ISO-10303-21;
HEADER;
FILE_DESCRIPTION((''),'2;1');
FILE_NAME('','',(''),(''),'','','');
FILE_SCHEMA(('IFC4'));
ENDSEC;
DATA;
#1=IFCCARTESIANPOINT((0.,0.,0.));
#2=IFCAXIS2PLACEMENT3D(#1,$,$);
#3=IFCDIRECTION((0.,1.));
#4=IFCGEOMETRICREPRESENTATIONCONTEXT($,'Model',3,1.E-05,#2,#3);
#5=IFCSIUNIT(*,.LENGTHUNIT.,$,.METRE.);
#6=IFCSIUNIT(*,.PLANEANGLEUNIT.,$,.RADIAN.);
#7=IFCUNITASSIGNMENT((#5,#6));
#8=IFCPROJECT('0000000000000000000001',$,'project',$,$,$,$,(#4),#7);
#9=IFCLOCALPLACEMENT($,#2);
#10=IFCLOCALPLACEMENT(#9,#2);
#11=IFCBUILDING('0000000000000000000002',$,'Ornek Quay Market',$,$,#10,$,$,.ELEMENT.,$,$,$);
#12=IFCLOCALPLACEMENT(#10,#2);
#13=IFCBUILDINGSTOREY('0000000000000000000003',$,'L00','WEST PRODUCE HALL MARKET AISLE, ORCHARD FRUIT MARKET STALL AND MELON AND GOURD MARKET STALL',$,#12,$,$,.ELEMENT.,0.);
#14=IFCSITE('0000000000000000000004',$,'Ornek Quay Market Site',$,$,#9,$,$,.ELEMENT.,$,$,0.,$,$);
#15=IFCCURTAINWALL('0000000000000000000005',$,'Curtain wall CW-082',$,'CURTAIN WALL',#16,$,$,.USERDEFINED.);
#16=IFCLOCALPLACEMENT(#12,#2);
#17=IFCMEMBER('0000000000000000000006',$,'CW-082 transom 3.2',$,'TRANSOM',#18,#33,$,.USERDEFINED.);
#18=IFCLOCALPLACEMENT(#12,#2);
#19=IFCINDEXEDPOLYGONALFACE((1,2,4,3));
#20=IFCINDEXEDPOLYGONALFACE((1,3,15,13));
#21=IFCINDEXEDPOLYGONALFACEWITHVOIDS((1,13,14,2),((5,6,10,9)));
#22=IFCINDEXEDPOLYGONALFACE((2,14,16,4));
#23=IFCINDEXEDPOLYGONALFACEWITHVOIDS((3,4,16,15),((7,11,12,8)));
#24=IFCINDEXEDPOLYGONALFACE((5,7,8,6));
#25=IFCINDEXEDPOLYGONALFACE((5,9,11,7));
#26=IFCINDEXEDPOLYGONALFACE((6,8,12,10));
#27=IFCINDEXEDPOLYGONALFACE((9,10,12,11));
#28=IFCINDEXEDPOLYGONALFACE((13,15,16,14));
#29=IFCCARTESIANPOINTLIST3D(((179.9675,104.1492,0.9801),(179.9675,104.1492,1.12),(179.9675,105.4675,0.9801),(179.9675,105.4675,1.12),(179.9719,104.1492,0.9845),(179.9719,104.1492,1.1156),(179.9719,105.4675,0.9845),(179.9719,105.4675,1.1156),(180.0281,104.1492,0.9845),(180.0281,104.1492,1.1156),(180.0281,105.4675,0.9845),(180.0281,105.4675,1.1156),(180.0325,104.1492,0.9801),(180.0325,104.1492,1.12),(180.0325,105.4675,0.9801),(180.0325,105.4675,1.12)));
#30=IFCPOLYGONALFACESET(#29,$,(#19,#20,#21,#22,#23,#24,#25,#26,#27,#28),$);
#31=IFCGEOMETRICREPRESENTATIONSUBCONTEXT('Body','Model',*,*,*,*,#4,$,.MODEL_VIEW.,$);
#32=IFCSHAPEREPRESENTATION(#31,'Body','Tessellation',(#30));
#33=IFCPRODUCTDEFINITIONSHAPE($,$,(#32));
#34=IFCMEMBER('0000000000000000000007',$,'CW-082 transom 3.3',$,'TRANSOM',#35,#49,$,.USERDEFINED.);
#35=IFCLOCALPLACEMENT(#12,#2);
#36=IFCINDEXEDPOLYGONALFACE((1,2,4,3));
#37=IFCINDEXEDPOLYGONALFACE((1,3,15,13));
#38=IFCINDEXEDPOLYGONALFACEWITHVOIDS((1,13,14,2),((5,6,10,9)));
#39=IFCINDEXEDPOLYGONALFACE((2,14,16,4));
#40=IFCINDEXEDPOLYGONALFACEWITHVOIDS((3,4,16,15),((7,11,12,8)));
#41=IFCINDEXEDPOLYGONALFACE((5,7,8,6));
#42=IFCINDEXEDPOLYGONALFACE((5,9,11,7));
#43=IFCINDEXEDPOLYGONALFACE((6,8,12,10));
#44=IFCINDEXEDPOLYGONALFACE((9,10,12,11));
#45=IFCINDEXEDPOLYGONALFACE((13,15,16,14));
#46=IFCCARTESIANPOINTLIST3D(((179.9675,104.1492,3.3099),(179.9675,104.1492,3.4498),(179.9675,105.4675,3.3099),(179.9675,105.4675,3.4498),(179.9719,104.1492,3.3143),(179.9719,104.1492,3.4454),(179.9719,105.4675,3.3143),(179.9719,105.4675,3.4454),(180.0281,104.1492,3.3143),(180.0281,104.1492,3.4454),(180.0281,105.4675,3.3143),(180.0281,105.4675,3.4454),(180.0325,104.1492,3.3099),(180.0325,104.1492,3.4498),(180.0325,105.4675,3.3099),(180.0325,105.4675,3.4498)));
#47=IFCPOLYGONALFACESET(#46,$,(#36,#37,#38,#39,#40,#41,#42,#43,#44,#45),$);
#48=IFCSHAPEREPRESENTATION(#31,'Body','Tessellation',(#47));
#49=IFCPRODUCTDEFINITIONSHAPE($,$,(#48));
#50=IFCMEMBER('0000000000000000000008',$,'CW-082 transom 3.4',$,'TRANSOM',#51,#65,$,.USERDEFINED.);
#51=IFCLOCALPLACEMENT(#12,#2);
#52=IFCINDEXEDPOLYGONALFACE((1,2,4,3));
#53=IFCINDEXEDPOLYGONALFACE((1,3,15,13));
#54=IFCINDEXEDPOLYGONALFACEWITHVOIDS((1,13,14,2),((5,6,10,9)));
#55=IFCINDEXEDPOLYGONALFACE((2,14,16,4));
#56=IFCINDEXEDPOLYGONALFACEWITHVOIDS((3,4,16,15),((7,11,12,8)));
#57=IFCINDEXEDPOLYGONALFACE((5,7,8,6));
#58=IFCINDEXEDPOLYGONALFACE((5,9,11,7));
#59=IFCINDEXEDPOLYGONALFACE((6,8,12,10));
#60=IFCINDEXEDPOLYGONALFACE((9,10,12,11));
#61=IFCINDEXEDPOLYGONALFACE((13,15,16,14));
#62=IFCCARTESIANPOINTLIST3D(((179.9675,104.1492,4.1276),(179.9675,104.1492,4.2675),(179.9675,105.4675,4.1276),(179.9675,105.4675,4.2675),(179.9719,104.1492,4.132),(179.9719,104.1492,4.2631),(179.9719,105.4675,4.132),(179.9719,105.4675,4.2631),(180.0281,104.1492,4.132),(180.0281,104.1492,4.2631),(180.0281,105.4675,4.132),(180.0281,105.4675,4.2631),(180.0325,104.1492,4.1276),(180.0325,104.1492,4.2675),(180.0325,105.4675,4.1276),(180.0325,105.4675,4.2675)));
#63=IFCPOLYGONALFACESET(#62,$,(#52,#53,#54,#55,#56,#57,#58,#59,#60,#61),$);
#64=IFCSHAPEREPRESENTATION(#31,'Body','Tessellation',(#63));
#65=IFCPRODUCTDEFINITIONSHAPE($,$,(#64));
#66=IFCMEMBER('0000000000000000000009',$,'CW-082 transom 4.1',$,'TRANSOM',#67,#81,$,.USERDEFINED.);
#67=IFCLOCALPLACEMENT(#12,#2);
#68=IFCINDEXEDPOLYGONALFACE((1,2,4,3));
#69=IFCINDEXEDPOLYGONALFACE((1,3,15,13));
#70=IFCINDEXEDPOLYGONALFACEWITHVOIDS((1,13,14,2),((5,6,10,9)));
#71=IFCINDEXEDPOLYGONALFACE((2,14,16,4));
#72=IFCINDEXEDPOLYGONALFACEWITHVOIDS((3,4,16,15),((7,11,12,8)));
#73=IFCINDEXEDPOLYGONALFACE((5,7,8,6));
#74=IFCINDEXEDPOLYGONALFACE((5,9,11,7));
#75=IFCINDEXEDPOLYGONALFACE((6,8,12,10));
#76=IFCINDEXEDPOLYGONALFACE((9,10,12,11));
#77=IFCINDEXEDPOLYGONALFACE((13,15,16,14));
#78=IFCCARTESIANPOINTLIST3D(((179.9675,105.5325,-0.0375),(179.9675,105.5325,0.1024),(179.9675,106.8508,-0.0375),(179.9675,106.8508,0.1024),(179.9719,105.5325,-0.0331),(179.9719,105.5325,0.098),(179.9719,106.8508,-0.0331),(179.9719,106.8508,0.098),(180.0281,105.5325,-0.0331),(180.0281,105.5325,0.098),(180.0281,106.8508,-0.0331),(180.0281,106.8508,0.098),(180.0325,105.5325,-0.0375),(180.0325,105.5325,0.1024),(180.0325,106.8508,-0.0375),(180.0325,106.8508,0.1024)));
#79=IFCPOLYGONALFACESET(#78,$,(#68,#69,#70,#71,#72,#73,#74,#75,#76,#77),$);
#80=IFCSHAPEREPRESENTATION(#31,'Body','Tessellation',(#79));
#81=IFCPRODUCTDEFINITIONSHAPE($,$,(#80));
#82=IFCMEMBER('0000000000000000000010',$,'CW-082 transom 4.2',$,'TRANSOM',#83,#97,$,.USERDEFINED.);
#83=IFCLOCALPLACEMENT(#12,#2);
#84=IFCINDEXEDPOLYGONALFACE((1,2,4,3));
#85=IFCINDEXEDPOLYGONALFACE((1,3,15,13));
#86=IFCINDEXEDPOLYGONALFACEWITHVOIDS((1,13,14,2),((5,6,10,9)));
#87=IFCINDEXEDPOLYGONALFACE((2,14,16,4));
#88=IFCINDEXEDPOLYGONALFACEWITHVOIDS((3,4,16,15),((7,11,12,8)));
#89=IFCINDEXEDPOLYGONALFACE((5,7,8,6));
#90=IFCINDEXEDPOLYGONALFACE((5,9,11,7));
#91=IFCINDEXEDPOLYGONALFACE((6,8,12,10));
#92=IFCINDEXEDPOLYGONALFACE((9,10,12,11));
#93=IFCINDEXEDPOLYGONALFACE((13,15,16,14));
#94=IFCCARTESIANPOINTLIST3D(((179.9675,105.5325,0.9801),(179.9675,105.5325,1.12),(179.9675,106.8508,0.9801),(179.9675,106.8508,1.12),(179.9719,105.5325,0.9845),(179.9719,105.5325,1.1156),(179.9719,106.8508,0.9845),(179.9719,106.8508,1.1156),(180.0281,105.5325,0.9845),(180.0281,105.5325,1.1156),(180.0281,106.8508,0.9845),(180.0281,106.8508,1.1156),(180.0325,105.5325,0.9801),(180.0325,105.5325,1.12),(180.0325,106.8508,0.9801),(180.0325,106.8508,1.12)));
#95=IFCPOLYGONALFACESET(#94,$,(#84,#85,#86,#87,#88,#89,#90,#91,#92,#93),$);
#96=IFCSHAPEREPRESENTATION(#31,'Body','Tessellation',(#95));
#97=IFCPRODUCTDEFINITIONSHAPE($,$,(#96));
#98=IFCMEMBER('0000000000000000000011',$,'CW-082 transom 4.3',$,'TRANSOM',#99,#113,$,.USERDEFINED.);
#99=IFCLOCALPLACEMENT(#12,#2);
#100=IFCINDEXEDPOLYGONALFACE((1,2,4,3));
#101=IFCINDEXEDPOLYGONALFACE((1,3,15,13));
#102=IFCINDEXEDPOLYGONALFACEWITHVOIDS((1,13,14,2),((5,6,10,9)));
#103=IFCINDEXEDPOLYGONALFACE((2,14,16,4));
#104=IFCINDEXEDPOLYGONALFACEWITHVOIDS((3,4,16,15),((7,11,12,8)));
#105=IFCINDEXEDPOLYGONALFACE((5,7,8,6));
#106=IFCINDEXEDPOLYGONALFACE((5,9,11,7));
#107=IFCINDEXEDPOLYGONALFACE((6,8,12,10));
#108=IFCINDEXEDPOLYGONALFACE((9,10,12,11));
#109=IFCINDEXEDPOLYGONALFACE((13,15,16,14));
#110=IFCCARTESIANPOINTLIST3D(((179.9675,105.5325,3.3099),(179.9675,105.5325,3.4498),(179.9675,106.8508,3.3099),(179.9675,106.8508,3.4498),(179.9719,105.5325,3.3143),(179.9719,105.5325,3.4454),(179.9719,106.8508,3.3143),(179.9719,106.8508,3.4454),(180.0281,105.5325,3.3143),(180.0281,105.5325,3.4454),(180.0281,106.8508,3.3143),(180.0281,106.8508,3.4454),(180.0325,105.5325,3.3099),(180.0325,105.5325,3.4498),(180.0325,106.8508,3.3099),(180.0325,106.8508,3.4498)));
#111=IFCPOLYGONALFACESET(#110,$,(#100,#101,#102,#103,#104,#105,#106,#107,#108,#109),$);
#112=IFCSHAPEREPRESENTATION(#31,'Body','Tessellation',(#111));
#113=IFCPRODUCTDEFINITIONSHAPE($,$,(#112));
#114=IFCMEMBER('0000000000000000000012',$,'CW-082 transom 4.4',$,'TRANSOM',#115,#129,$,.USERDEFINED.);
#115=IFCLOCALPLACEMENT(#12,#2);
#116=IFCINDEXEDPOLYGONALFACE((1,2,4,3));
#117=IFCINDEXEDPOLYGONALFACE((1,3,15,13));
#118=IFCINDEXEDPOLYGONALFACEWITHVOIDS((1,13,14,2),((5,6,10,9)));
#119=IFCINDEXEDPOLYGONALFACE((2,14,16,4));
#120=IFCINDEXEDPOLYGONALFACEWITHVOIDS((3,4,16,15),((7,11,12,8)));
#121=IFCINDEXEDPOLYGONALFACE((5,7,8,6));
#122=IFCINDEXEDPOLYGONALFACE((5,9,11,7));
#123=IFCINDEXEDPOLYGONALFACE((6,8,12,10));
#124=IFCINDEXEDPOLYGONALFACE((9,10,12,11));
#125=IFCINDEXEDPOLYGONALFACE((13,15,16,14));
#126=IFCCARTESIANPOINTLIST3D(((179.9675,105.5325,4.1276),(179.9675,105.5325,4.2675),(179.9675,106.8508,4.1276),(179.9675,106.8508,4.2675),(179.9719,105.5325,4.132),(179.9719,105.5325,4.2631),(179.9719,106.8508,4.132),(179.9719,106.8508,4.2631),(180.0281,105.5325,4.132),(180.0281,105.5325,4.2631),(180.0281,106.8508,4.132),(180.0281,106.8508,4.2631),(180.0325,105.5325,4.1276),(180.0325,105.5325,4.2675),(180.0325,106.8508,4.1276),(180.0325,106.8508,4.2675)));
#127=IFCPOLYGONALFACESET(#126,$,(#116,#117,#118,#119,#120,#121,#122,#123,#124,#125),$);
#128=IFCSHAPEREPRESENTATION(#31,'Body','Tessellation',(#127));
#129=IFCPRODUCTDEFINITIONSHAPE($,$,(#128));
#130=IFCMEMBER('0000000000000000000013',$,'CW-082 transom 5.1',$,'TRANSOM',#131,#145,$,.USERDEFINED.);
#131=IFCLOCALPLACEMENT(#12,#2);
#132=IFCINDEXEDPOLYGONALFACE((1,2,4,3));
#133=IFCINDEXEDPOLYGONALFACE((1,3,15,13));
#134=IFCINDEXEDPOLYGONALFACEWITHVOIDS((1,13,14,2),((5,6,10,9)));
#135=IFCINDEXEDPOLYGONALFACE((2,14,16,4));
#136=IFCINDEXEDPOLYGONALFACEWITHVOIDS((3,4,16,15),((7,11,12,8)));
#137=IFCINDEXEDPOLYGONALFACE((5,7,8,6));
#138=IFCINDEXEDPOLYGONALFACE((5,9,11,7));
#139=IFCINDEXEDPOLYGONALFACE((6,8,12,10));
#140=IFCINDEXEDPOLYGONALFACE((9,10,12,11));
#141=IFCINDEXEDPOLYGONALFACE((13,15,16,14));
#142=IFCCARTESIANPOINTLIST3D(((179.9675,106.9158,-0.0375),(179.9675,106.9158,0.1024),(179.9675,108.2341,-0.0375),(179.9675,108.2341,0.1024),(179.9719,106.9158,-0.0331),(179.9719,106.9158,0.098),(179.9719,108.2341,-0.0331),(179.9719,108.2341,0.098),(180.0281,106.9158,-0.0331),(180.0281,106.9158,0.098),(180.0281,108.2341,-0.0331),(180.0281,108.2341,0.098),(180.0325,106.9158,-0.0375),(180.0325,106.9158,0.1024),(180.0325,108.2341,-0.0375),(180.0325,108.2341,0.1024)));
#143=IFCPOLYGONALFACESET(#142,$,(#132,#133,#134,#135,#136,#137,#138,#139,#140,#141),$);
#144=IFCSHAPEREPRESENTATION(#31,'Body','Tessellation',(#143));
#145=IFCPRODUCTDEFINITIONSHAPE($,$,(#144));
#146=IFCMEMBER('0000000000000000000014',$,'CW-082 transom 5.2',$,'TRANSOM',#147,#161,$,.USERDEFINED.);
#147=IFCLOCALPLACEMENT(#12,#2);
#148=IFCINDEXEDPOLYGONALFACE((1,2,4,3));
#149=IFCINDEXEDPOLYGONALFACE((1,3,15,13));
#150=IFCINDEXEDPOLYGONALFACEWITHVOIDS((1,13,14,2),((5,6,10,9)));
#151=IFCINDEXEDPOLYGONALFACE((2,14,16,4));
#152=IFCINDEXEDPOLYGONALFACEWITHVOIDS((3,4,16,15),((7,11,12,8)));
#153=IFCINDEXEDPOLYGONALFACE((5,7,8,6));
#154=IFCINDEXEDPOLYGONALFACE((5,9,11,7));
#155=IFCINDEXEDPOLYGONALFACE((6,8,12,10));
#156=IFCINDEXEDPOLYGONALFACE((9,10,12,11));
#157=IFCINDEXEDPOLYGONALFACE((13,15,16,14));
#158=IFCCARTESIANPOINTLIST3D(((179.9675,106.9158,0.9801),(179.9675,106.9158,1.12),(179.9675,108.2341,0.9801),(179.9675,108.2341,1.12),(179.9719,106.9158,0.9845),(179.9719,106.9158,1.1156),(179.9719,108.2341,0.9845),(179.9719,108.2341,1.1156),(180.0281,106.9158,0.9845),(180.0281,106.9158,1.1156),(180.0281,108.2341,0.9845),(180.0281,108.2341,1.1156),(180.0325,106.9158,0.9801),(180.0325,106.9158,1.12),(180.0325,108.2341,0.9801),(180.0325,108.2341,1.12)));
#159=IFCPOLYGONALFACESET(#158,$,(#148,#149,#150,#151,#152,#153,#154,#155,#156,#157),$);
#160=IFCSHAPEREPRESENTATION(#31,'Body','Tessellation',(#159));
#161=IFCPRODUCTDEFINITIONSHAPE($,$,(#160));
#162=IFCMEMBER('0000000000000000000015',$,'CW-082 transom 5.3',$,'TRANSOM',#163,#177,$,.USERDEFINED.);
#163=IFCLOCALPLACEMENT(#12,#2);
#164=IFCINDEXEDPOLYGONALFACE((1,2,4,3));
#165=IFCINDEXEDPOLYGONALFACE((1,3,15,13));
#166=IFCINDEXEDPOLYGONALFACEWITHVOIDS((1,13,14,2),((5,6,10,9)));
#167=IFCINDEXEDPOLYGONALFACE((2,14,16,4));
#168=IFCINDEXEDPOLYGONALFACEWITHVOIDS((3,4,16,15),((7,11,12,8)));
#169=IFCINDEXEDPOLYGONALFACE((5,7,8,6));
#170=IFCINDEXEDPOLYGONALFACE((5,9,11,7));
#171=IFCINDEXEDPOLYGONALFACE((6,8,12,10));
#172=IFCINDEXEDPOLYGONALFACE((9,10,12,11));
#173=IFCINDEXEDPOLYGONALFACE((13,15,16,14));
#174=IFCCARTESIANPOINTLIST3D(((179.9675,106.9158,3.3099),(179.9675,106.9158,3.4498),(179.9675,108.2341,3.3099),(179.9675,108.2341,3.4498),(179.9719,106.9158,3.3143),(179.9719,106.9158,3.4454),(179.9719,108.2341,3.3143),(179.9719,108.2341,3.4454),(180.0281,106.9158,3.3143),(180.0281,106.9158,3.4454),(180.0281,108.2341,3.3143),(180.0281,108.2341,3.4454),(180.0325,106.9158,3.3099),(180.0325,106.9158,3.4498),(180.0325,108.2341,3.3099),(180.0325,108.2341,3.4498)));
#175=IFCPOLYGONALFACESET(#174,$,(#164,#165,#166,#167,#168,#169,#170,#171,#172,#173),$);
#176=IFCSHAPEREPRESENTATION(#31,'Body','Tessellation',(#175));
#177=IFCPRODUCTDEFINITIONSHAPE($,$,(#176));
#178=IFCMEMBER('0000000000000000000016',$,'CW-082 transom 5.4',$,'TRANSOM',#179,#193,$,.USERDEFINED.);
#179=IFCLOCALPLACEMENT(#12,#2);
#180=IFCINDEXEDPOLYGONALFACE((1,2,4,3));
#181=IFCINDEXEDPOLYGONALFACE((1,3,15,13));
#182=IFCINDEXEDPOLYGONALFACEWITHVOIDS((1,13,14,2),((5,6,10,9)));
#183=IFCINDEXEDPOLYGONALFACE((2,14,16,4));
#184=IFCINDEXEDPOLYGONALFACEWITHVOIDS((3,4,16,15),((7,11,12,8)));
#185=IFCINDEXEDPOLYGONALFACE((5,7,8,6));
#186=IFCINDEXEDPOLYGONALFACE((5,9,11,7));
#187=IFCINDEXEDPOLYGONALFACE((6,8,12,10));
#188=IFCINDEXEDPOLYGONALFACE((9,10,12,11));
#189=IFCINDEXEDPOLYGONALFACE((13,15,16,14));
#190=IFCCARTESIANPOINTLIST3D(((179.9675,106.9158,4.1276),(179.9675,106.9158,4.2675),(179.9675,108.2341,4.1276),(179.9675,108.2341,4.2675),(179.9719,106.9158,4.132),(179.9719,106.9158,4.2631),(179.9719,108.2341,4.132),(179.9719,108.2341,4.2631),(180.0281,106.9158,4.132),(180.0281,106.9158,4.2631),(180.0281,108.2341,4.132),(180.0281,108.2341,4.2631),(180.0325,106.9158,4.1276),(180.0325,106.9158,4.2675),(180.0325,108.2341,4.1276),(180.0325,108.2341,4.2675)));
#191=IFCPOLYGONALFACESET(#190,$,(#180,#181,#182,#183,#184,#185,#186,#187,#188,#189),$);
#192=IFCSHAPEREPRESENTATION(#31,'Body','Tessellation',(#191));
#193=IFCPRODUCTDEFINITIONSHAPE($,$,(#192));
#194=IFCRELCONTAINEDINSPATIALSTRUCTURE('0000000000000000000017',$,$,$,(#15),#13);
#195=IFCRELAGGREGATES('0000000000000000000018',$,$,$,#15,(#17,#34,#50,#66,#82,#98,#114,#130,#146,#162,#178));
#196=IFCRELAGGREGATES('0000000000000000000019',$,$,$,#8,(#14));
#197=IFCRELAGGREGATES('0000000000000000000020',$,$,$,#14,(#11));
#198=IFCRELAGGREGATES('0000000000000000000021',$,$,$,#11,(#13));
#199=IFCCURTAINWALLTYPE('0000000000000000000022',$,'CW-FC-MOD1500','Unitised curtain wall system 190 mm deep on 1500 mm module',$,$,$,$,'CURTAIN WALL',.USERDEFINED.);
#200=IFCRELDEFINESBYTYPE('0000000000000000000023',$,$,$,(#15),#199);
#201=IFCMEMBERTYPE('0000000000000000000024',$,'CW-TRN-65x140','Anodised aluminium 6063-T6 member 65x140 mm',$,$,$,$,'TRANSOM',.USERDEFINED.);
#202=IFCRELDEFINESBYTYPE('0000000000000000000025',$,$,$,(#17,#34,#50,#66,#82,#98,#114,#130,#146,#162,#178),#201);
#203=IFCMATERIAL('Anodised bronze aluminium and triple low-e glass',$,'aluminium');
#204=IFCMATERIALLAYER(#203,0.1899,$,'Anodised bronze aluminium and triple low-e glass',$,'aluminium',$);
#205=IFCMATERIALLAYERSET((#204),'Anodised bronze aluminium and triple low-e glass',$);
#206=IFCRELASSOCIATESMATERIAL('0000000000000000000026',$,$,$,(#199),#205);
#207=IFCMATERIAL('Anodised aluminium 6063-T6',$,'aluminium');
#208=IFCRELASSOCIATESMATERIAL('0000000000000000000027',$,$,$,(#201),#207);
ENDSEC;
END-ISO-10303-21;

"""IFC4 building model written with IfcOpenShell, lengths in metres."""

from ifc_helpers import new_model, si_unit, direction, frame, origin, origin_2d, place, context, subcontext, project, spatial, hollow_rectangle, extrude, material, layer, layer_set, material_profile, profile_set, type_object, element, aggregate, save


model = new_model("IFC4")

# Units and contexts
model_context = context("Model", 3, precision=1e-05, world=origin(), true_north=direction((0.0, 1.0)))
body_context = subcontext(model_context, "Body", "Model", "MODEL_VIEW")
ifc_project = project(units=[si_unit("LENGTHUNIT", "METRE"), si_unit("PLANEANGLEUNIT", "RADIAN")], contexts=[model_context])

# Site, building, storey
site_placement = place(None, origin())
site = spatial("IfcSite", under=ifc_project, at=site_placement, Name="Ornek Quay Market Site", CompositionType="ELEMENT", RefElevation=0.0)
building_placement = place(site_placement, origin())
building = spatial("IfcBuilding", under=site, at=building_placement, Name="Ornek Quay Market", CompositionType="ELEMENT")
storey_placement = place(building_placement, origin())
storey = spatial("IfcBuildingStorey", under=building, at=storey_placement, Name="L00", Description="WEST PRODUCE HALL MARKET AISLE, ORCHARD FRUIT MARKET STALL AND MELON AND GOURD MARKET STALL", CompositionType="ELEMENT", Elevation=0.0)

# Curtain wall, members
ifc_material_1 = material(Name="Anodised bronze aluminium and triple low-e glass", Category="aluminium")
ifc_layer_1 = layer(ifc_material_1, 0.1899, Name="Anodised bronze aluminium and triple low-e glass", Category="aluminium")
ifc_layer_set_1 = layer_set([ifc_layer_1], Name="Anodised bronze aluminium and triple low-e glass")
curtain_wall_type = type_object("IfcCurtainWallType", Name="CW-FC-MOD1500", Description="Unitised curtain wall system 190 mm deep on 1500 mm module", ElementType="CURTAIN WALL", PredefinedType="USERDEFINED", material=ifc_layer_set_1)
curtain_wall_placement = place(storey_placement, origin())
curtain_wall = element("IfcCurtainWall", 1, at=curtain_wall_placement, inside=storey, type_object=curtain_wall_type, Name="Curtain wall CW-082", ObjectType="CURTAIN WALL", PredefinedType="USERDEFINED")
ifc_material_2 = material(Name="Anodised aluminium 6063-T6", Category="aluminium")
ifc_material_profile_1 = material_profile(ifc_material_2, hollow_rectangle(XDim=0.0649, YDim=0.1399, WallThickness=0.0044, at=origin_2d()), Name="CW-TRN-65x140", Category="aluminium")
ifc_profile_set_1 = profile_set([ifc_material_profile_1], Name="Anodised aluminium 6063-T6")
member_type_1 = type_object("IfcMemberType", Name="CW-TRN-65x140", Description="Anodised aluminium 6063-T6 member 65x140 mm", ElementType="TRANSOM", PredefinedType="USERDEFINED", material=ifc_profile_set_1)
member_1_placement = place(storey_placement, frame((180.0, 104.1492, 1.05), z_axis=(0.0, 1.0, 0.0), x_axis=(-1.0, 0.0, 0.0)))
member_1 = element("IfcMember", 2, at=member_1_placement, type_object=member_type_1, Name="CW-082 transom 3.2", ObjectType="TRANSOM", PredefinedType="USERDEFINED", context=body_context, shape_type="SweptSolid", body=[
    extrude(hollow_rectangle(XDim=0.0649, YDim=0.1399, WallThickness=0.0044, at=origin_2d()), origin(), (0.0, 0.0, 1.0), 1.3184),
])
member_2_placement = place(storey_placement, frame((180.0, 104.1492, 3.3799), z_axis=(0.0, 1.0, 0.0), x_axis=(-1.0, 0.0, 0.0)))
member_2 = element("IfcMember", 3, at=member_2_placement, type_object=member_type_1, Name="CW-082 transom 3.3", ObjectType="TRANSOM", PredefinedType="USERDEFINED", context=body_context, shape_type="SweptSolid", body=[
    extrude(hollow_rectangle(XDim=0.0649, YDim=0.1399, WallThickness=0.0044, at=origin_2d()), origin(), (0.0, 0.0, 1.0), 1.3184),
])
member_3_placement = place(storey_placement, frame((180.0, 104.1492, 4.1975), z_axis=(0.0, 1.0, 0.0), x_axis=(-1.0, 0.0, 0.0)))
member_3 = element("IfcMember", 4, at=member_3_placement, type_object=member_type_1, Name="CW-082 transom 3.4", ObjectType="TRANSOM", PredefinedType="USERDEFINED", context=body_context, shape_type="SweptSolid", body=[
    extrude(hollow_rectangle(XDim=0.0649, YDim=0.1399, WallThickness=0.0044, at=origin_2d()), origin(), (0.0, 0.0, 1.0), 1.3184),
])
member_4_placement = place(storey_placement, frame((180.0, 105.5325, 0.0325), z_axis=(0.0, 1.0, 0.0), x_axis=(-1.0, 0.0, 0.0)))
member_4 = element("IfcMember", 5, at=member_4_placement, type_object=member_type_1, Name="CW-082 transom 4.1", ObjectType="TRANSOM", PredefinedType="USERDEFINED", context=body_context, shape_type="SweptSolid", body=[
    extrude(hollow_rectangle(XDim=0.0649, YDim=0.1399, WallThickness=0.0044, at=origin_2d()), origin(), (0.0, 0.0, 1.0), 1.3184),
])
member_5_placement = place(storey_placement, frame((180.0, 105.5325, 1.05), z_axis=(0.0, 1.0, 0.0), x_axis=(-1.0, 0.0, 0.0)))
member_5 = element("IfcMember", 6, at=member_5_placement, type_object=member_type_1, Name="CW-082 transom 4.2", ObjectType="TRANSOM", PredefinedType="USERDEFINED", context=body_context, shape_type="SweptSolid", body=[
    extrude(hollow_rectangle(XDim=0.0649, YDim=0.1399, WallThickness=0.0044, at=origin_2d()), origin(), (0.0, 0.0, 1.0), 1.3184),
])
member_6_placement = place(storey_placement, frame((180.0, 105.5325, 3.3799), z_axis=(0.0, 1.0, 0.0), x_axis=(-1.0, 0.0, 0.0)))
member_6 = element("IfcMember", 7, at=member_6_placement, type_object=member_type_1, Name="CW-082 transom 4.3", ObjectType="TRANSOM", PredefinedType="USERDEFINED", context=body_context, shape_type="SweptSolid", body=[
    extrude(hollow_rectangle(XDim=0.0649, YDim=0.1399, WallThickness=0.0044, at=origin_2d()), origin(), (0.0, 0.0, 1.0), 1.3184),
])
member_7_placement = place(storey_placement, frame((180.0, 105.5325, 4.1975), z_axis=(0.0, 1.0, 0.0), x_axis=(-1.0, 0.0, 0.0)))
member_7 = element("IfcMember", 8, at=member_7_placement, type_object=member_type_1, Name="CW-082 transom 4.4", ObjectType="TRANSOM", PredefinedType="USERDEFINED", context=body_context, shape_type="SweptSolid", body=[
    extrude(hollow_rectangle(XDim=0.0649, YDim=0.1399, WallThickness=0.0044, at=origin_2d()), origin(), (0.0, 0.0, 1.0), 1.3184),
])
member_8_placement = place(storey_placement, frame((180.0, 106.9158, 0.0325), z_axis=(0.0, 1.0, 0.0), x_axis=(-1.0, 0.0, 0.0)))
member_8 = element("IfcMember", 9, at=member_8_placement, type_object=member_type_1, Name="CW-082 transom 5.1", ObjectType="TRANSOM", PredefinedType="USERDEFINED", context=body_context, shape_type="SweptSolid", body=[
    extrude(hollow_rectangle(XDim=0.0649, YDim=0.1399, WallThickness=0.0044, at=origin_2d()), origin(), (0.0, 0.0, 1.0), 1.3184),
])
member_9_placement = place(storey_placement, frame((180.0, 106.9158, 1.05), z_axis=(0.0, 1.0, 0.0), x_axis=(-1.0, 0.0, 0.0)))
member_9 = element("IfcMember", 10, at=member_9_placement, type_object=member_type_1, Name="CW-082 transom 5.2", ObjectType="TRANSOM", PredefinedType="USERDEFINED", context=body_context, shape_type="SweptSolid", body=[
    extrude(hollow_rectangle(XDim=0.0649, YDim=0.1399, WallThickness=0.0044, at=origin_2d()), origin(), (0.0, 0.0, 1.0), 1.3184),
])
member_10_placement = place(storey_placement, frame((180.0, 106.9158, 3.3799), z_axis=(0.0, 1.0, 0.0), x_axis=(-1.0, 0.0, 0.0)))
member_10 = element("IfcMember", 11, at=member_10_placement, type_object=member_type_1, Name="CW-082 transom 5.3", ObjectType="TRANSOM", PredefinedType="USERDEFINED", context=body_context, shape_type="SweptSolid", body=[
    extrude(hollow_rectangle(XDim=0.0649, YDim=0.1399, WallThickness=0.0044, at=origin_2d()), origin(), (0.0, 0.0, 1.0), 1.3184),
])
member_11_placement = place(storey_placement, frame((180.0, 106.9158, 4.1975), z_axis=(0.0, 1.0, 0.0), x_axis=(-1.0, 0.0, 0.0)))
member_11 = element("IfcMember", 12, at=member_11_placement, type_object=member_type_1, Name="CW-082 transom 5.4", ObjectType="TRANSOM", PredefinedType="USERDEFINED", context=body_context, shape_type="SweptSolid", body=[
    extrude(hollow_rectangle(XDim=0.0649, YDim=0.1399, WallThickness=0.0044, at=origin_2d()), origin(), (0.0, 0.0, 1.0), 1.3184),
])
aggregate(curtain_wall, [member_1, member_2, member_3, member_4, member_5, member_6, member_7, member_8, member_9, member_10, member_11])

save(model, "model.ifc")
